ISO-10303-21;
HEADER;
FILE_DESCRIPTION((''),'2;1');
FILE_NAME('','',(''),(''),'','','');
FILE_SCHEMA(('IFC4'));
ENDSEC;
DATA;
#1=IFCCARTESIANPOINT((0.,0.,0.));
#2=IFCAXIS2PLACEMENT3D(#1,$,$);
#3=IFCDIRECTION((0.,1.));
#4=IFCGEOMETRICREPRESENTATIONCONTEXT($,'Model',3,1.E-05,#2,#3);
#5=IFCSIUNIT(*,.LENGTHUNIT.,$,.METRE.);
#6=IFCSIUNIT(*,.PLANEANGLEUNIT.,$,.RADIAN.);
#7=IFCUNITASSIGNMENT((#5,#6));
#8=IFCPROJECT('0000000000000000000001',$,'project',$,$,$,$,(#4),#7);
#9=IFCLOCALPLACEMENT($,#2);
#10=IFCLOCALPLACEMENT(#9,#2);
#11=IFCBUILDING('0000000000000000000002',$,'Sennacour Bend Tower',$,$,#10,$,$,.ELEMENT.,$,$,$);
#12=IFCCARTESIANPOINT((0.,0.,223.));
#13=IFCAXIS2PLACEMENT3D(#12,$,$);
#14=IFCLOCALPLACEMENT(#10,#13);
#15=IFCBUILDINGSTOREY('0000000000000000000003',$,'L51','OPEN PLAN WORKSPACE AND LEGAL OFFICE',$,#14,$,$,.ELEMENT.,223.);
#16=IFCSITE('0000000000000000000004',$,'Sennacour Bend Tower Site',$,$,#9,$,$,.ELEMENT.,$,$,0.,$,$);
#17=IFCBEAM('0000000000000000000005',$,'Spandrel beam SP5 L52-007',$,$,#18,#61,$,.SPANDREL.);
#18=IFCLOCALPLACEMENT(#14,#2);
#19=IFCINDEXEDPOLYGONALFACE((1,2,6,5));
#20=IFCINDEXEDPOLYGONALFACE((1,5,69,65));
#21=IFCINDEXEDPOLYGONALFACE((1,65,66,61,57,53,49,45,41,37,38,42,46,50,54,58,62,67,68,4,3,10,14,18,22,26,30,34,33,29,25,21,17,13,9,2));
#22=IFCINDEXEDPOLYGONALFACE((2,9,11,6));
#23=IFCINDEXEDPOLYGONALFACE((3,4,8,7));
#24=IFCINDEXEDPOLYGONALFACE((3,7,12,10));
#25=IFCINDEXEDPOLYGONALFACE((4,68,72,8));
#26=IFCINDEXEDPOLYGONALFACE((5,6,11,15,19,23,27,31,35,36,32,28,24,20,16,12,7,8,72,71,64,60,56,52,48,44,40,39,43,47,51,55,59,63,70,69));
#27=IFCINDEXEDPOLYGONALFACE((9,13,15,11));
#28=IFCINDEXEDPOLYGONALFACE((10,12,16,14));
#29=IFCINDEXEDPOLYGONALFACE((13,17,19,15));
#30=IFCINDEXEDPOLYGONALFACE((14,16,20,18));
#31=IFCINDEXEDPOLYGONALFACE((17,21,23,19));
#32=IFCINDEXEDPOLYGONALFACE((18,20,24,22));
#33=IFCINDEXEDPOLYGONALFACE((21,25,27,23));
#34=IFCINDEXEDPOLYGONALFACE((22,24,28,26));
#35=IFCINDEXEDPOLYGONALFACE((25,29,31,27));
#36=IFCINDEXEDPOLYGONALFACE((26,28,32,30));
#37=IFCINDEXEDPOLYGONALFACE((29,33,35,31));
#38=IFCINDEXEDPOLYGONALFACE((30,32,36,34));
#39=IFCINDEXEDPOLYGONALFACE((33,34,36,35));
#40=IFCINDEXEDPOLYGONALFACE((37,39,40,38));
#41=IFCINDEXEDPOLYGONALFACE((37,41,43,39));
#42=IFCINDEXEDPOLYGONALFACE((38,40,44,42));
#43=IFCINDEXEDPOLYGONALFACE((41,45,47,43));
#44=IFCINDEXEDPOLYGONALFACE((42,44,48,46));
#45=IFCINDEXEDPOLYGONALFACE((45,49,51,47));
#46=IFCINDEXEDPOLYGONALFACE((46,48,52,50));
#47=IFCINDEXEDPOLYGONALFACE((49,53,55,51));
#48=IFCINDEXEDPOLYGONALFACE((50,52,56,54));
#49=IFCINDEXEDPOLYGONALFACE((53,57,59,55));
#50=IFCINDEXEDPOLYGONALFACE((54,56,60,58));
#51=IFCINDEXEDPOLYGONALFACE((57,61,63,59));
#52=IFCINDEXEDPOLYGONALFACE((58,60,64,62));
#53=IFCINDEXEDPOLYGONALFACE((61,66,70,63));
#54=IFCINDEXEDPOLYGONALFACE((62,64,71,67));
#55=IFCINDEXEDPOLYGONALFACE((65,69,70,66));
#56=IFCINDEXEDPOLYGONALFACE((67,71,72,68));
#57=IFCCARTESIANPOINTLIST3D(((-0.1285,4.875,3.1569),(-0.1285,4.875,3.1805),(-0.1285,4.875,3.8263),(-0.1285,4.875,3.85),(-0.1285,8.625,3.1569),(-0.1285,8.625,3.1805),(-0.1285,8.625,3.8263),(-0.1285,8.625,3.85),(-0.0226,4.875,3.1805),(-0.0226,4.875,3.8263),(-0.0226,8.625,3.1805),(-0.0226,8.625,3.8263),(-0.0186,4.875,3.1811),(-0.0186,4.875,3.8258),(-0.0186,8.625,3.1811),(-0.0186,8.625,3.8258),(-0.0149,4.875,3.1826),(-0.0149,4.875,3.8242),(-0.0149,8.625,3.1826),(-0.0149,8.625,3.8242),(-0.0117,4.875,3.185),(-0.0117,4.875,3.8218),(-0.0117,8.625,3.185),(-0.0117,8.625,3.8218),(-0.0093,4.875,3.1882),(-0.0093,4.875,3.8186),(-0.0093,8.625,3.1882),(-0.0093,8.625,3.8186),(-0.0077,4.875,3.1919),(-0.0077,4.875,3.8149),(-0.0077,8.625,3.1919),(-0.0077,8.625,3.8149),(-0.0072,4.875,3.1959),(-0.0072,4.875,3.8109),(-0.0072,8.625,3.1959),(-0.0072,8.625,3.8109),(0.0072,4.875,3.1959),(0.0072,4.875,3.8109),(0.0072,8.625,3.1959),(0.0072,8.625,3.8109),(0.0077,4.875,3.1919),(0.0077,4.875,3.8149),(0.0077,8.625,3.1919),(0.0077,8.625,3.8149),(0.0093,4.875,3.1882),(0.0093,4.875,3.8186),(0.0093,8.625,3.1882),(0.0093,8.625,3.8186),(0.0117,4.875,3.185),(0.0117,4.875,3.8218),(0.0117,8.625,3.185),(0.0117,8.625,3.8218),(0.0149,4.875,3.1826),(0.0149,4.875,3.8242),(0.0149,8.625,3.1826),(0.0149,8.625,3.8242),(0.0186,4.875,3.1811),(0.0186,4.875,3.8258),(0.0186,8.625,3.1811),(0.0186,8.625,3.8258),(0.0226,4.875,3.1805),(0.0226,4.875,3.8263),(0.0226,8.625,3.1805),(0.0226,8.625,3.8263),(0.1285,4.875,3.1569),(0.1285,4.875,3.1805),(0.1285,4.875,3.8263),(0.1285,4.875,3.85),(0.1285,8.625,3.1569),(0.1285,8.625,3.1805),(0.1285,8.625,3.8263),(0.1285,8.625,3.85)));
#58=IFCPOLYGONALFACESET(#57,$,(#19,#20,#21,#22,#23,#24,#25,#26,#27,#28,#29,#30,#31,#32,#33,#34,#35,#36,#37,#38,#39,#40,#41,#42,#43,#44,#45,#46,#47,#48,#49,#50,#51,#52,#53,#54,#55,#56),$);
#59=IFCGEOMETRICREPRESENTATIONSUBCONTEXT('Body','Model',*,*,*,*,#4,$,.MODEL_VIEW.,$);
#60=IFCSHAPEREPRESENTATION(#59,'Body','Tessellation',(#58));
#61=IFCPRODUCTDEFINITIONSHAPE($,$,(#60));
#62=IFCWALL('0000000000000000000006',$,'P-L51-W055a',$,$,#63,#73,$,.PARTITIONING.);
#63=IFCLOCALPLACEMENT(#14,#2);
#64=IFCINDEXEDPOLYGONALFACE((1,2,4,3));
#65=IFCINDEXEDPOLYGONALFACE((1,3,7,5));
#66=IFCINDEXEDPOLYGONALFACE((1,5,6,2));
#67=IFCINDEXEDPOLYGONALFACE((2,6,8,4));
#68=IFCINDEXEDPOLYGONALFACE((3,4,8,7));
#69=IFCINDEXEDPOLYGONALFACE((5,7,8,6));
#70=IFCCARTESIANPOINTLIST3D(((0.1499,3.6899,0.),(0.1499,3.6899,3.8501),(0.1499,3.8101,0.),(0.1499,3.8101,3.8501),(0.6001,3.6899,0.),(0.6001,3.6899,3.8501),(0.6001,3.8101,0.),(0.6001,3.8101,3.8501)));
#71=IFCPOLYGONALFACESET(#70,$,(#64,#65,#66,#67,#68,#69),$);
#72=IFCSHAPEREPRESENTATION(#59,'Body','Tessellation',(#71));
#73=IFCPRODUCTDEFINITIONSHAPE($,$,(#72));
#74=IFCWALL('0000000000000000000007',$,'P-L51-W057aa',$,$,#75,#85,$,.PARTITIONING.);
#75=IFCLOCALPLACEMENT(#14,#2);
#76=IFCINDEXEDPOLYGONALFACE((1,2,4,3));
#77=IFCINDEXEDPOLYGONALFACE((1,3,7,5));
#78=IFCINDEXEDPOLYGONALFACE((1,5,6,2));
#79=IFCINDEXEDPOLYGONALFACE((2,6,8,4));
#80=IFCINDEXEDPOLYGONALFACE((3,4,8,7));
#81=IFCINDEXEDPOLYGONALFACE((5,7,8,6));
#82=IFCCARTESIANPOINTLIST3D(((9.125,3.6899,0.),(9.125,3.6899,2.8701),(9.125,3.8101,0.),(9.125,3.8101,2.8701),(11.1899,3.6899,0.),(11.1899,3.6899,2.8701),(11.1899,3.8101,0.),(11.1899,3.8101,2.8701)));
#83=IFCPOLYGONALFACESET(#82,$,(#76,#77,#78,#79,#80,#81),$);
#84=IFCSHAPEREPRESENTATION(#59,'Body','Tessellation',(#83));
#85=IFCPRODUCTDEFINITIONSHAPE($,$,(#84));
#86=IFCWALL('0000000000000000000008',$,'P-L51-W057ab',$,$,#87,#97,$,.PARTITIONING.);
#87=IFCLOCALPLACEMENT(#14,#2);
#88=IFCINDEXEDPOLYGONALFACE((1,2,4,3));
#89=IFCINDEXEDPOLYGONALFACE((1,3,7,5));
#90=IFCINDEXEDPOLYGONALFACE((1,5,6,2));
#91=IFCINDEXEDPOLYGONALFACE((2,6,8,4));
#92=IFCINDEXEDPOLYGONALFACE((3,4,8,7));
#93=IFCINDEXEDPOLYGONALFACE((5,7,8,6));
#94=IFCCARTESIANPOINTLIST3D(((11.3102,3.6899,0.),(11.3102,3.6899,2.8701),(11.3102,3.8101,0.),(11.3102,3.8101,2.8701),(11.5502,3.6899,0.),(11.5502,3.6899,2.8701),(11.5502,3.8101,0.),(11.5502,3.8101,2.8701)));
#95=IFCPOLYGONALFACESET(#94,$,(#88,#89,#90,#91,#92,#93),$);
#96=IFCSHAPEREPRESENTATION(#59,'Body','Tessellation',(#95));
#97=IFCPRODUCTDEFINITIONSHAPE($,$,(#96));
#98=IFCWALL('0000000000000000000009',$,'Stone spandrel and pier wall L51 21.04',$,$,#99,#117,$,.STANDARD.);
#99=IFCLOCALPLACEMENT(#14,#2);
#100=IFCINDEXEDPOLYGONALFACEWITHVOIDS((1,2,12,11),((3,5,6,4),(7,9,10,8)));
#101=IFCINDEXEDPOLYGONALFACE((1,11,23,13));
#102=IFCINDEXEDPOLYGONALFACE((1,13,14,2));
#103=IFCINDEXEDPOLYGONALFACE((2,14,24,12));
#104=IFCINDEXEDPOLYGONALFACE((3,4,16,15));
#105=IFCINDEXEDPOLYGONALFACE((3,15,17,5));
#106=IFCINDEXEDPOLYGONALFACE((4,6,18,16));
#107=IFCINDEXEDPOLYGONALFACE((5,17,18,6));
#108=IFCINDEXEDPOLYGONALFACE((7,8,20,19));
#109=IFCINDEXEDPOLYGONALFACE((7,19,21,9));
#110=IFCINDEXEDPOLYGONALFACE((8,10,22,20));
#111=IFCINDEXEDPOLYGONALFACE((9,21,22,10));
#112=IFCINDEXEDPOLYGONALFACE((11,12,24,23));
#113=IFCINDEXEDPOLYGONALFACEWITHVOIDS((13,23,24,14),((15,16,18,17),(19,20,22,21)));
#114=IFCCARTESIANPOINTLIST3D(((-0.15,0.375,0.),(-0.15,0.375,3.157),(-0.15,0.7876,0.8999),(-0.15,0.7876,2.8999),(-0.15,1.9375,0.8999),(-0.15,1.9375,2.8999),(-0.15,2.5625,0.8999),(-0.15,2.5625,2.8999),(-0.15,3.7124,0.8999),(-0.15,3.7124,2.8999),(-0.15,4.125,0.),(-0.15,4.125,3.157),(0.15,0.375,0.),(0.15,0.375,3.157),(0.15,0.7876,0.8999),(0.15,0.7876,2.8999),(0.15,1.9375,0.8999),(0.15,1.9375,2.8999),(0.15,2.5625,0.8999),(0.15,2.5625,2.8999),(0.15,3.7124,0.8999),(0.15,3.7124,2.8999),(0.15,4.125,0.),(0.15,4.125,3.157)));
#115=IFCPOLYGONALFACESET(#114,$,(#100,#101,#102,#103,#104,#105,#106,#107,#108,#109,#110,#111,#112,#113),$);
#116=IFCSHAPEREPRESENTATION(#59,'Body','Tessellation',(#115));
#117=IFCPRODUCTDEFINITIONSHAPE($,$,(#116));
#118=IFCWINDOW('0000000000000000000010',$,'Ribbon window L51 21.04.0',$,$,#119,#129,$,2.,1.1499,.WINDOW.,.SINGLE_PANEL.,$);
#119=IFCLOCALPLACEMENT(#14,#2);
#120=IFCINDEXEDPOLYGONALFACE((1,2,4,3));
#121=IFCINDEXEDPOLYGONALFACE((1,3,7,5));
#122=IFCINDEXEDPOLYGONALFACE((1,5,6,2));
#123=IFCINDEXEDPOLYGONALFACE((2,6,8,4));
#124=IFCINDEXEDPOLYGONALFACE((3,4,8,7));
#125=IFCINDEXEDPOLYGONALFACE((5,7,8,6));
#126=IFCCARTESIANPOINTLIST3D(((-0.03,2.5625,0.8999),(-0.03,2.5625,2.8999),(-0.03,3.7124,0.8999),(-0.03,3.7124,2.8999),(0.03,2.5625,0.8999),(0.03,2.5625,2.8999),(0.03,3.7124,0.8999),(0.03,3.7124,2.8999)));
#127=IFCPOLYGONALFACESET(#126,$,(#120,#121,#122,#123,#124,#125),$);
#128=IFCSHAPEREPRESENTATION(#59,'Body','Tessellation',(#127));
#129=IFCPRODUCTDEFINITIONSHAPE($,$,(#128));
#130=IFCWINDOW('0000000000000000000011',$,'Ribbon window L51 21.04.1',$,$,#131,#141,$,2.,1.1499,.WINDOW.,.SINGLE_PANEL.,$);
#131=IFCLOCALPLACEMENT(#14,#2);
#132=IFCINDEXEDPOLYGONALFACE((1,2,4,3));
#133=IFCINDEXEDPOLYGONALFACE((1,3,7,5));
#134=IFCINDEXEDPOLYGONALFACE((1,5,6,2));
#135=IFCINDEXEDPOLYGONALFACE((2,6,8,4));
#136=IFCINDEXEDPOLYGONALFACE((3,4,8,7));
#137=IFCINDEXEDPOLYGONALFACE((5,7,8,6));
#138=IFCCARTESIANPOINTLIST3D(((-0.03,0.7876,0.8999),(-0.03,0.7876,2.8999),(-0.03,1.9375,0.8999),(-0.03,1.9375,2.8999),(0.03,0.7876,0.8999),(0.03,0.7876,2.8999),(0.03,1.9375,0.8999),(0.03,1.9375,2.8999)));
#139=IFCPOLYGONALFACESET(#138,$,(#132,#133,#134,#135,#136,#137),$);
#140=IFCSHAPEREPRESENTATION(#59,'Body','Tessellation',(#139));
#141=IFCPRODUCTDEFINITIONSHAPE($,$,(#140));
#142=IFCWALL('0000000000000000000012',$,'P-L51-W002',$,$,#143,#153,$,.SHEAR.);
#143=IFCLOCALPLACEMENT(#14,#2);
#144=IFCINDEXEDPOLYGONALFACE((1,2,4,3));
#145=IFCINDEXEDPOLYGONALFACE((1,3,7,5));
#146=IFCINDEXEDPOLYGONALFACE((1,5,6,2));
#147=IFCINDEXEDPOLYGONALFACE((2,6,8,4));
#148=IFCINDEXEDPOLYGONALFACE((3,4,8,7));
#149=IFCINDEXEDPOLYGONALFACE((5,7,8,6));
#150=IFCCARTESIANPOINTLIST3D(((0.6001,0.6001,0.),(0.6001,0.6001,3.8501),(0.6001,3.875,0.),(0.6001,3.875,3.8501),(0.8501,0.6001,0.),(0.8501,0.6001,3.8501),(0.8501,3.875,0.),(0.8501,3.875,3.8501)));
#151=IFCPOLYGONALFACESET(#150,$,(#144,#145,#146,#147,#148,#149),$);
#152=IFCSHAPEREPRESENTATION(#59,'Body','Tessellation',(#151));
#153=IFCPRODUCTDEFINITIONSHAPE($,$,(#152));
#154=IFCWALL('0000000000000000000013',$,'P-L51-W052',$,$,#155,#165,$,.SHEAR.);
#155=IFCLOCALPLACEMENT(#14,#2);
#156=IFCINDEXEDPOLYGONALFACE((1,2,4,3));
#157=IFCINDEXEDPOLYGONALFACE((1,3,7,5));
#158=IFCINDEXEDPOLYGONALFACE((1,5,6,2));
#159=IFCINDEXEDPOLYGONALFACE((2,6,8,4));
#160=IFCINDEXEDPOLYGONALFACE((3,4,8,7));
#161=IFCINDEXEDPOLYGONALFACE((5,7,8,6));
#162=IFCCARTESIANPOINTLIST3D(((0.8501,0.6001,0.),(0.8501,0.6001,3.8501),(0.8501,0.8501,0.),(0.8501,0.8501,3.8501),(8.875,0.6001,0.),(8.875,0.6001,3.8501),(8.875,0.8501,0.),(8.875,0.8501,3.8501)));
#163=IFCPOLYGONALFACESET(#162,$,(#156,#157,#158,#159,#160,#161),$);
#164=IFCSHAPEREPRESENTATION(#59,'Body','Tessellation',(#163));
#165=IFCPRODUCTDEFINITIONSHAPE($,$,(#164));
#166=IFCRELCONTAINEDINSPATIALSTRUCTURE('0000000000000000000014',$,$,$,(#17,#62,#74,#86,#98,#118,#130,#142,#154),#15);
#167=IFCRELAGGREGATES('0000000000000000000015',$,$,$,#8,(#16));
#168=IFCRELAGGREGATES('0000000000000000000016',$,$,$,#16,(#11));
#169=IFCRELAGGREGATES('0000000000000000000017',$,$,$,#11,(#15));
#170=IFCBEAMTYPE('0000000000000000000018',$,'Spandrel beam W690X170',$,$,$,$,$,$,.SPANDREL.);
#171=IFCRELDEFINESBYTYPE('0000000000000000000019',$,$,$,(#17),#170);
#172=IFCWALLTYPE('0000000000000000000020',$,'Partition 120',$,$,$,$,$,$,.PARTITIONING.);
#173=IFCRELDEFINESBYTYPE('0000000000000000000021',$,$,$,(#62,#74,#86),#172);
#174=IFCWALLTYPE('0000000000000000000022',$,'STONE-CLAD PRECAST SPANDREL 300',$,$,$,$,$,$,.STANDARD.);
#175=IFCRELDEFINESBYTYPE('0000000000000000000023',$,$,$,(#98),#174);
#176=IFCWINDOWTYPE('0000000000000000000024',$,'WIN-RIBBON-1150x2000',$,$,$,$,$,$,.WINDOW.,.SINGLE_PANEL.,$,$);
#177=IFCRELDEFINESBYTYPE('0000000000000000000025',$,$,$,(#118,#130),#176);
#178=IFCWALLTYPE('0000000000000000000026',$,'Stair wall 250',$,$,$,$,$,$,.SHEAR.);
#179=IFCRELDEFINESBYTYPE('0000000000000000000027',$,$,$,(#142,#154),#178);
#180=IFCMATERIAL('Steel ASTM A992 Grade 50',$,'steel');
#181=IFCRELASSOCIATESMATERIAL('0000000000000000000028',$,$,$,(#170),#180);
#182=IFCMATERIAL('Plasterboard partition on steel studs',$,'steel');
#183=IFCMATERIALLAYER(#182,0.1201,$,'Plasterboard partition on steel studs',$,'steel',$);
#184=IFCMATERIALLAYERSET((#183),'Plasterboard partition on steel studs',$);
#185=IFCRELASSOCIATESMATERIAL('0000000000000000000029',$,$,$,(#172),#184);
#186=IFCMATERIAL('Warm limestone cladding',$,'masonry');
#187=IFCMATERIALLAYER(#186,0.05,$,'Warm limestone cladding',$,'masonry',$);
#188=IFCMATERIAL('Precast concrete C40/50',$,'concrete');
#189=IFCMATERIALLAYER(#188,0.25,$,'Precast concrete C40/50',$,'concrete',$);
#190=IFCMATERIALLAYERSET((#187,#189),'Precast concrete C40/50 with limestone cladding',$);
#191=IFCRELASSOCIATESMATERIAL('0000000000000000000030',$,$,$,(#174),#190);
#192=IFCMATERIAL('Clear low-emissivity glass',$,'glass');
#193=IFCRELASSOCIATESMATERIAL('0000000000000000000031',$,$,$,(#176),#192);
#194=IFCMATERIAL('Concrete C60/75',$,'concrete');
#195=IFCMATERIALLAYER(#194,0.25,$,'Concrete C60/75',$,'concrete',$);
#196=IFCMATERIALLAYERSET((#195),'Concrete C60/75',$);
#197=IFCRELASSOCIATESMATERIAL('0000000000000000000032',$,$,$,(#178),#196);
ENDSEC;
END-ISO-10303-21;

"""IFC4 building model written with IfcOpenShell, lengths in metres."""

from ifc_helpers import new_model, si_unit, direction, frame, frame_2d, origin, origin_2d, place, context, subcontext, project, spatial, rectangle, i_section, extrude, material, layer, layer_set, material_profile, profile_set, type_object, element, fill, save


model = new_model("IFC4")

# Units and contexts
model_context = context("Model", 3, precision=1e-05, world=origin(), true_north=direction((0.0, 1.0)))
body_context = subcontext(model_context, "Body", "Model", "MODEL_VIEW")
ifc_project = project(units=[si_unit("LENGTHUNIT", "METRE"), si_unit("PLANEANGLEUNIT", "RADIAN")], contexts=[model_context])

# Site, building, storey
site_placement = place(None, origin())
site = spatial("IfcSite", under=ifc_project, at=site_placement, Name="Sennacour Bend Tower Site", CompositionType="ELEMENT", RefElevation=0.0)
building_placement = place(site_placement, origin())
building = spatial("IfcBuilding", under=site, at=building_placement, Name="Sennacour Bend Tower", CompositionType="ELEMENT")
storey_placement = place(building_placement, frame((0.0, 0.0, 223.0)))
storey = spatial("IfcBuildingStorey", under=building, at=storey_placement, Name="L51", Description="OPEN PLAN WORKSPACE AND LEGAL OFFICE", CompositionType="ELEMENT", Elevation=223.0)

# Beam
ifc_material_1 = material(Name="Steel ASTM A992 Grade 50", Category="steel")
ifc_material_profile_1 = material_profile(ifc_material_1, i_section(OverallWidth=0.2571, OverallDepth=0.6931, WebThickness=0.0144, FlangeThickness=0.0237, FilletRadius=0.0154, at=origin_2d()), Name="Steel ASTM A992 Grade 50", Category="steel")
ifc_profile_set_1 = profile_set([ifc_material_profile_1], Name="Steel ASTM A992 Grade 50")
beam_type_1 = type_object("IfcBeamType", Name="Spandrel beam W690X170", PredefinedType="SPANDREL", material=ifc_profile_set_1)
beam_placement = place(storey_placement, frame((0.0, 4.875, 3.5034), z_axis=(0.0, 1.0, 0.0), x_axis=(-1.0, 0.0, 0.0)))
element("IfcBeam", 1, at=beam_placement, inside=storey, type_object=beam_type_1, Name="Spandrel beam SP5 L52-007", PredefinedType="SPANDREL", context=body_context, shape_type="SweptSolid", body=[
    extrude(i_section(OverallWidth=0.2571, OverallDepth=0.6931, WebThickness=0.0144, FlangeThickness=0.0237, FilletRadius=0.0154, at=origin_2d()), origin(), (0.0, 0.0, 1.0), 3.75),
])

# Walls
ifc_material_2 = material(Name="Plasterboard partition on steel studs", Category="steel")
ifc_layer_1 = layer(ifc_material_2, 0.1201, Name="Plasterboard partition on steel studs", Category="steel")
ifc_layer_set_1 = layer_set([ifc_layer_1], Name="Plasterboard partition on steel studs")
wall_type_1 = type_object("IfcWallType", Name="Partition 120", PredefinedType="PARTITIONING", material=ifc_layer_set_1)
wall_1_placement = place(storey_placement, frame((0.1499, 3.75, 0.0), z_axis=(0.0, 0.0, 1.0), x_axis=(1.0, 0.0, 0.0)))
element("IfcWall", 2, at=wall_1_placement, inside=storey, type_object=wall_type_1, Name="P-L51-W055a", PredefinedType="PARTITIONING", context=body_context, shape_type="SweptSolid", body=[
    extrude(rectangle(XDim=0.4502, YDim=0.1201, at=frame_2d((0.2251, 0.0))), origin(), (0.0, 0.0, 1.0), 3.8501),
])
wall_2_placement = place(storey_placement, frame((9.125, 3.75, 0.0), z_axis=(0.0, 0.0, 1.0), x_axis=(1.0, 0.0, 0.0)))
element("IfcWall", 3, at=wall_2_placement, inside=storey, type_object=wall_type_1, Name="P-L51-W057aa", PredefinedType="PARTITIONING", context=body_context, shape_type="SweptSolid", body=[
    extrude(rectangle(XDim=2.0649, YDim=0.1201, at=frame_2d((1.0325, 0.0))), origin(), (0.0, 0.0, 1.0), 2.8701),
])
wall_3_placement = place(storey_placement, frame((11.3101, 3.75, 0.0), z_axis=(0.0, 0.0, 1.0), x_axis=(1.0, 0.0, 0.0)))
element("IfcWall", 4, at=wall_3_placement, inside=storey, type_object=wall_type_1, Name="P-L51-W057ab", PredefinedType="PARTITIONING", context=body_context, shape_type="SweptSolid", body=[
    extrude(rectangle(XDim=0.24, YDim=0.1201, at=frame_2d((0.1201, 0.0))), origin(), (0.0, 0.0, 1.0), 2.8701),
])

# Wall, openings, windows
ifc_material_3 = material(Name="Warm limestone cladding", Category="masonry")
ifc_layer_2 = layer(ifc_material_3, 0.05, Name="Warm limestone cladding", Category="masonry")
ifc_material_4 = material(Name="Precast concrete C40/50", Category="concrete")
ifc_layer_3 = layer(ifc_material_4, 0.25, Name="Precast concrete C40/50", Category="concrete")
ifc_layer_set_2 = layer_set([ifc_layer_2, ifc_layer_3], Name="Precast concrete C40/50 with limestone cladding")
wall_type_2 = type_object("IfcWallType", Name="STONE-CLAD PRECAST SPANDREL 300", PredefinedType="STANDARD", material=ifc_layer_set_2)
wall_4_placement = place(storey_placement, frame((0.0, 4.125, 0.0), z_axis=(0.0, 0.0, 1.0), x_axis=(0.0, -1.0, 0.0)))
wall_4 = element("IfcWall", 5, at=wall_4_placement, inside=storey, type_object=wall_type_2, Name="Stone spandrel and pier wall L51 21.04", PredefinedType="STANDARD", context=body_context, shape_type="SweptSolid", body=[
    extrude(rectangle(XDim=3.75, YDim=0.3, at=frame_2d((1.875, 0.0))), origin(), (0.0, 0.0, 1.0), 3.157),
])
opening_1_placement = place(wall_4_placement, frame((0.4126, 0.0, 0.8999)))
opening_1 = element("IfcOpeningElement", 6, at=opening_1_placement, cuts=wall_4, PredefinedType="OPENING", context=body_context, shape_type="SweptSolid", body=[
    extrude(rectangle(XDim=1.1499, YDim=2.0, at=frame_2d((0.575, 1.0))), frame((0.0, 0.1602, 0.0), z_axis=(0.0, -1.0, 0.0), x_axis=(1.0, 0.0, 0.0)), (0.0, 0.0, 1.0), 0.3201),
])
opening_2_placement = place(wall_4_placement, frame((2.1875, 0.0, 0.8999)))
opening_2 = element("IfcOpeningElement", 7, at=opening_2_placement, cuts=wall_4, PredefinedType="OPENING", context=body_context, shape_type="SweptSolid", body=[
    extrude(rectangle(XDim=1.1499, YDim=2.0, at=frame_2d((0.575, 1.0))), frame((0.0, 0.1602, 0.0), z_axis=(0.0, -1.0, 0.0), x_axis=(1.0, 0.0, 0.0)), (0.0, 0.0, 1.0), 0.3201),
])
ifc_material_5 = material(Name="Clear low-emissivity glass", Category="glass")
window_type = type_object("IfcWindowType", Name="WIN-RIBBON-1150x2000", PartitioningType="SINGLE_PANEL", PredefinedType="WINDOW", material=ifc_material_5)
window_1_placement = place(opening_1_placement, origin())
window_1 = element("IfcWindow", 8, at=window_1_placement, inside=storey, type_object=window_type, Name="Ribbon window L51 21.04.0", OverallHeight=2.0, OverallWidth=1.1499, PartitioningType="SINGLE_PANEL", PredefinedType="WINDOW", context=body_context, shape_type="SweptSolid", body=[
    extrude(rectangle(XDim=1.1499, YDim=2.0, at=frame_2d((0.575, 1.0))), frame((0.0, 0.03, 0.0), z_axis=(0.0, -1.0, 0.0), x_axis=(1.0, 0.0, 0.0)), (0.0, 0.0, 1.0), 0.0601),
])
fill(opening_1, window_1)
window_2_placement = place(opening_2_placement, origin())
window_2 = element("IfcWindow", 9, at=window_2_placement, inside=storey, type_object=window_type, Name="Ribbon window L51 21.04.1", OverallHeight=2.0, OverallWidth=1.1499, PartitioningType="SINGLE_PANEL", PredefinedType="WINDOW", context=body_context, shape_type="SweptSolid", body=[
    extrude(rectangle(XDim=1.1499, YDim=2.0, at=frame_2d((0.575, 1.0))), frame((0.0, 0.03, 0.0), z_axis=(0.0, -1.0, 0.0), x_axis=(1.0, 0.0, 0.0)), (0.0, 0.0, 1.0), 0.0601),
])
fill(opening_2, window_2)

# Walls
ifc_material_6 = material(Name="Concrete C60/75", Category="concrete")
ifc_layer_4 = layer(ifc_material_6, 0.25, Name="Concrete C60/75", Category="concrete")
ifc_layer_set_3 = layer_set([ifc_layer_4], Name="Concrete C60/75")
wall_type_3 = type_object("IfcWallType", Name="Stair wall 250", PredefinedType="SHEAR", material=ifc_layer_set_3)
wall_5_placement = place(storey_placement, frame((0.7251, 0.6001, 0.0), z_axis=(0.0, 0.0, 1.0), x_axis=(0.0, 1.0, 0.0)))
element("IfcWall", 10, at=wall_5_placement, inside=storey, type_object=wall_type_3, Name="P-L51-W002", PredefinedType="SHEAR", context=body_context, shape_type="SweptSolid", body=[
    extrude(rectangle(XDim=3.2749, YDim=0.25, at=frame_2d((1.6375, 0.0))), origin(), (0.0, 0.0, 1.0), 3.8501),
])
wall_6_placement = place(storey_placement, frame((0.8501, 0.7251, 0.0), z_axis=(0.0, 0.0, 1.0), x_axis=(1.0, 0.0, 0.0)))
element("IfcWall", 11, at=wall_6_placement, inside=storey, type_object=wall_type_3, Name="P-L51-W052", PredefinedType="SHEAR", context=body_context, shape_type="SweptSolid", body=[
    extrude(rectangle(XDim=8.0249, YDim=0.25, at=frame_2d((4.0125, 0.0))), origin(), (0.0, 0.0, 1.0), 3.8501),
])

save(model, "model.ifc")
